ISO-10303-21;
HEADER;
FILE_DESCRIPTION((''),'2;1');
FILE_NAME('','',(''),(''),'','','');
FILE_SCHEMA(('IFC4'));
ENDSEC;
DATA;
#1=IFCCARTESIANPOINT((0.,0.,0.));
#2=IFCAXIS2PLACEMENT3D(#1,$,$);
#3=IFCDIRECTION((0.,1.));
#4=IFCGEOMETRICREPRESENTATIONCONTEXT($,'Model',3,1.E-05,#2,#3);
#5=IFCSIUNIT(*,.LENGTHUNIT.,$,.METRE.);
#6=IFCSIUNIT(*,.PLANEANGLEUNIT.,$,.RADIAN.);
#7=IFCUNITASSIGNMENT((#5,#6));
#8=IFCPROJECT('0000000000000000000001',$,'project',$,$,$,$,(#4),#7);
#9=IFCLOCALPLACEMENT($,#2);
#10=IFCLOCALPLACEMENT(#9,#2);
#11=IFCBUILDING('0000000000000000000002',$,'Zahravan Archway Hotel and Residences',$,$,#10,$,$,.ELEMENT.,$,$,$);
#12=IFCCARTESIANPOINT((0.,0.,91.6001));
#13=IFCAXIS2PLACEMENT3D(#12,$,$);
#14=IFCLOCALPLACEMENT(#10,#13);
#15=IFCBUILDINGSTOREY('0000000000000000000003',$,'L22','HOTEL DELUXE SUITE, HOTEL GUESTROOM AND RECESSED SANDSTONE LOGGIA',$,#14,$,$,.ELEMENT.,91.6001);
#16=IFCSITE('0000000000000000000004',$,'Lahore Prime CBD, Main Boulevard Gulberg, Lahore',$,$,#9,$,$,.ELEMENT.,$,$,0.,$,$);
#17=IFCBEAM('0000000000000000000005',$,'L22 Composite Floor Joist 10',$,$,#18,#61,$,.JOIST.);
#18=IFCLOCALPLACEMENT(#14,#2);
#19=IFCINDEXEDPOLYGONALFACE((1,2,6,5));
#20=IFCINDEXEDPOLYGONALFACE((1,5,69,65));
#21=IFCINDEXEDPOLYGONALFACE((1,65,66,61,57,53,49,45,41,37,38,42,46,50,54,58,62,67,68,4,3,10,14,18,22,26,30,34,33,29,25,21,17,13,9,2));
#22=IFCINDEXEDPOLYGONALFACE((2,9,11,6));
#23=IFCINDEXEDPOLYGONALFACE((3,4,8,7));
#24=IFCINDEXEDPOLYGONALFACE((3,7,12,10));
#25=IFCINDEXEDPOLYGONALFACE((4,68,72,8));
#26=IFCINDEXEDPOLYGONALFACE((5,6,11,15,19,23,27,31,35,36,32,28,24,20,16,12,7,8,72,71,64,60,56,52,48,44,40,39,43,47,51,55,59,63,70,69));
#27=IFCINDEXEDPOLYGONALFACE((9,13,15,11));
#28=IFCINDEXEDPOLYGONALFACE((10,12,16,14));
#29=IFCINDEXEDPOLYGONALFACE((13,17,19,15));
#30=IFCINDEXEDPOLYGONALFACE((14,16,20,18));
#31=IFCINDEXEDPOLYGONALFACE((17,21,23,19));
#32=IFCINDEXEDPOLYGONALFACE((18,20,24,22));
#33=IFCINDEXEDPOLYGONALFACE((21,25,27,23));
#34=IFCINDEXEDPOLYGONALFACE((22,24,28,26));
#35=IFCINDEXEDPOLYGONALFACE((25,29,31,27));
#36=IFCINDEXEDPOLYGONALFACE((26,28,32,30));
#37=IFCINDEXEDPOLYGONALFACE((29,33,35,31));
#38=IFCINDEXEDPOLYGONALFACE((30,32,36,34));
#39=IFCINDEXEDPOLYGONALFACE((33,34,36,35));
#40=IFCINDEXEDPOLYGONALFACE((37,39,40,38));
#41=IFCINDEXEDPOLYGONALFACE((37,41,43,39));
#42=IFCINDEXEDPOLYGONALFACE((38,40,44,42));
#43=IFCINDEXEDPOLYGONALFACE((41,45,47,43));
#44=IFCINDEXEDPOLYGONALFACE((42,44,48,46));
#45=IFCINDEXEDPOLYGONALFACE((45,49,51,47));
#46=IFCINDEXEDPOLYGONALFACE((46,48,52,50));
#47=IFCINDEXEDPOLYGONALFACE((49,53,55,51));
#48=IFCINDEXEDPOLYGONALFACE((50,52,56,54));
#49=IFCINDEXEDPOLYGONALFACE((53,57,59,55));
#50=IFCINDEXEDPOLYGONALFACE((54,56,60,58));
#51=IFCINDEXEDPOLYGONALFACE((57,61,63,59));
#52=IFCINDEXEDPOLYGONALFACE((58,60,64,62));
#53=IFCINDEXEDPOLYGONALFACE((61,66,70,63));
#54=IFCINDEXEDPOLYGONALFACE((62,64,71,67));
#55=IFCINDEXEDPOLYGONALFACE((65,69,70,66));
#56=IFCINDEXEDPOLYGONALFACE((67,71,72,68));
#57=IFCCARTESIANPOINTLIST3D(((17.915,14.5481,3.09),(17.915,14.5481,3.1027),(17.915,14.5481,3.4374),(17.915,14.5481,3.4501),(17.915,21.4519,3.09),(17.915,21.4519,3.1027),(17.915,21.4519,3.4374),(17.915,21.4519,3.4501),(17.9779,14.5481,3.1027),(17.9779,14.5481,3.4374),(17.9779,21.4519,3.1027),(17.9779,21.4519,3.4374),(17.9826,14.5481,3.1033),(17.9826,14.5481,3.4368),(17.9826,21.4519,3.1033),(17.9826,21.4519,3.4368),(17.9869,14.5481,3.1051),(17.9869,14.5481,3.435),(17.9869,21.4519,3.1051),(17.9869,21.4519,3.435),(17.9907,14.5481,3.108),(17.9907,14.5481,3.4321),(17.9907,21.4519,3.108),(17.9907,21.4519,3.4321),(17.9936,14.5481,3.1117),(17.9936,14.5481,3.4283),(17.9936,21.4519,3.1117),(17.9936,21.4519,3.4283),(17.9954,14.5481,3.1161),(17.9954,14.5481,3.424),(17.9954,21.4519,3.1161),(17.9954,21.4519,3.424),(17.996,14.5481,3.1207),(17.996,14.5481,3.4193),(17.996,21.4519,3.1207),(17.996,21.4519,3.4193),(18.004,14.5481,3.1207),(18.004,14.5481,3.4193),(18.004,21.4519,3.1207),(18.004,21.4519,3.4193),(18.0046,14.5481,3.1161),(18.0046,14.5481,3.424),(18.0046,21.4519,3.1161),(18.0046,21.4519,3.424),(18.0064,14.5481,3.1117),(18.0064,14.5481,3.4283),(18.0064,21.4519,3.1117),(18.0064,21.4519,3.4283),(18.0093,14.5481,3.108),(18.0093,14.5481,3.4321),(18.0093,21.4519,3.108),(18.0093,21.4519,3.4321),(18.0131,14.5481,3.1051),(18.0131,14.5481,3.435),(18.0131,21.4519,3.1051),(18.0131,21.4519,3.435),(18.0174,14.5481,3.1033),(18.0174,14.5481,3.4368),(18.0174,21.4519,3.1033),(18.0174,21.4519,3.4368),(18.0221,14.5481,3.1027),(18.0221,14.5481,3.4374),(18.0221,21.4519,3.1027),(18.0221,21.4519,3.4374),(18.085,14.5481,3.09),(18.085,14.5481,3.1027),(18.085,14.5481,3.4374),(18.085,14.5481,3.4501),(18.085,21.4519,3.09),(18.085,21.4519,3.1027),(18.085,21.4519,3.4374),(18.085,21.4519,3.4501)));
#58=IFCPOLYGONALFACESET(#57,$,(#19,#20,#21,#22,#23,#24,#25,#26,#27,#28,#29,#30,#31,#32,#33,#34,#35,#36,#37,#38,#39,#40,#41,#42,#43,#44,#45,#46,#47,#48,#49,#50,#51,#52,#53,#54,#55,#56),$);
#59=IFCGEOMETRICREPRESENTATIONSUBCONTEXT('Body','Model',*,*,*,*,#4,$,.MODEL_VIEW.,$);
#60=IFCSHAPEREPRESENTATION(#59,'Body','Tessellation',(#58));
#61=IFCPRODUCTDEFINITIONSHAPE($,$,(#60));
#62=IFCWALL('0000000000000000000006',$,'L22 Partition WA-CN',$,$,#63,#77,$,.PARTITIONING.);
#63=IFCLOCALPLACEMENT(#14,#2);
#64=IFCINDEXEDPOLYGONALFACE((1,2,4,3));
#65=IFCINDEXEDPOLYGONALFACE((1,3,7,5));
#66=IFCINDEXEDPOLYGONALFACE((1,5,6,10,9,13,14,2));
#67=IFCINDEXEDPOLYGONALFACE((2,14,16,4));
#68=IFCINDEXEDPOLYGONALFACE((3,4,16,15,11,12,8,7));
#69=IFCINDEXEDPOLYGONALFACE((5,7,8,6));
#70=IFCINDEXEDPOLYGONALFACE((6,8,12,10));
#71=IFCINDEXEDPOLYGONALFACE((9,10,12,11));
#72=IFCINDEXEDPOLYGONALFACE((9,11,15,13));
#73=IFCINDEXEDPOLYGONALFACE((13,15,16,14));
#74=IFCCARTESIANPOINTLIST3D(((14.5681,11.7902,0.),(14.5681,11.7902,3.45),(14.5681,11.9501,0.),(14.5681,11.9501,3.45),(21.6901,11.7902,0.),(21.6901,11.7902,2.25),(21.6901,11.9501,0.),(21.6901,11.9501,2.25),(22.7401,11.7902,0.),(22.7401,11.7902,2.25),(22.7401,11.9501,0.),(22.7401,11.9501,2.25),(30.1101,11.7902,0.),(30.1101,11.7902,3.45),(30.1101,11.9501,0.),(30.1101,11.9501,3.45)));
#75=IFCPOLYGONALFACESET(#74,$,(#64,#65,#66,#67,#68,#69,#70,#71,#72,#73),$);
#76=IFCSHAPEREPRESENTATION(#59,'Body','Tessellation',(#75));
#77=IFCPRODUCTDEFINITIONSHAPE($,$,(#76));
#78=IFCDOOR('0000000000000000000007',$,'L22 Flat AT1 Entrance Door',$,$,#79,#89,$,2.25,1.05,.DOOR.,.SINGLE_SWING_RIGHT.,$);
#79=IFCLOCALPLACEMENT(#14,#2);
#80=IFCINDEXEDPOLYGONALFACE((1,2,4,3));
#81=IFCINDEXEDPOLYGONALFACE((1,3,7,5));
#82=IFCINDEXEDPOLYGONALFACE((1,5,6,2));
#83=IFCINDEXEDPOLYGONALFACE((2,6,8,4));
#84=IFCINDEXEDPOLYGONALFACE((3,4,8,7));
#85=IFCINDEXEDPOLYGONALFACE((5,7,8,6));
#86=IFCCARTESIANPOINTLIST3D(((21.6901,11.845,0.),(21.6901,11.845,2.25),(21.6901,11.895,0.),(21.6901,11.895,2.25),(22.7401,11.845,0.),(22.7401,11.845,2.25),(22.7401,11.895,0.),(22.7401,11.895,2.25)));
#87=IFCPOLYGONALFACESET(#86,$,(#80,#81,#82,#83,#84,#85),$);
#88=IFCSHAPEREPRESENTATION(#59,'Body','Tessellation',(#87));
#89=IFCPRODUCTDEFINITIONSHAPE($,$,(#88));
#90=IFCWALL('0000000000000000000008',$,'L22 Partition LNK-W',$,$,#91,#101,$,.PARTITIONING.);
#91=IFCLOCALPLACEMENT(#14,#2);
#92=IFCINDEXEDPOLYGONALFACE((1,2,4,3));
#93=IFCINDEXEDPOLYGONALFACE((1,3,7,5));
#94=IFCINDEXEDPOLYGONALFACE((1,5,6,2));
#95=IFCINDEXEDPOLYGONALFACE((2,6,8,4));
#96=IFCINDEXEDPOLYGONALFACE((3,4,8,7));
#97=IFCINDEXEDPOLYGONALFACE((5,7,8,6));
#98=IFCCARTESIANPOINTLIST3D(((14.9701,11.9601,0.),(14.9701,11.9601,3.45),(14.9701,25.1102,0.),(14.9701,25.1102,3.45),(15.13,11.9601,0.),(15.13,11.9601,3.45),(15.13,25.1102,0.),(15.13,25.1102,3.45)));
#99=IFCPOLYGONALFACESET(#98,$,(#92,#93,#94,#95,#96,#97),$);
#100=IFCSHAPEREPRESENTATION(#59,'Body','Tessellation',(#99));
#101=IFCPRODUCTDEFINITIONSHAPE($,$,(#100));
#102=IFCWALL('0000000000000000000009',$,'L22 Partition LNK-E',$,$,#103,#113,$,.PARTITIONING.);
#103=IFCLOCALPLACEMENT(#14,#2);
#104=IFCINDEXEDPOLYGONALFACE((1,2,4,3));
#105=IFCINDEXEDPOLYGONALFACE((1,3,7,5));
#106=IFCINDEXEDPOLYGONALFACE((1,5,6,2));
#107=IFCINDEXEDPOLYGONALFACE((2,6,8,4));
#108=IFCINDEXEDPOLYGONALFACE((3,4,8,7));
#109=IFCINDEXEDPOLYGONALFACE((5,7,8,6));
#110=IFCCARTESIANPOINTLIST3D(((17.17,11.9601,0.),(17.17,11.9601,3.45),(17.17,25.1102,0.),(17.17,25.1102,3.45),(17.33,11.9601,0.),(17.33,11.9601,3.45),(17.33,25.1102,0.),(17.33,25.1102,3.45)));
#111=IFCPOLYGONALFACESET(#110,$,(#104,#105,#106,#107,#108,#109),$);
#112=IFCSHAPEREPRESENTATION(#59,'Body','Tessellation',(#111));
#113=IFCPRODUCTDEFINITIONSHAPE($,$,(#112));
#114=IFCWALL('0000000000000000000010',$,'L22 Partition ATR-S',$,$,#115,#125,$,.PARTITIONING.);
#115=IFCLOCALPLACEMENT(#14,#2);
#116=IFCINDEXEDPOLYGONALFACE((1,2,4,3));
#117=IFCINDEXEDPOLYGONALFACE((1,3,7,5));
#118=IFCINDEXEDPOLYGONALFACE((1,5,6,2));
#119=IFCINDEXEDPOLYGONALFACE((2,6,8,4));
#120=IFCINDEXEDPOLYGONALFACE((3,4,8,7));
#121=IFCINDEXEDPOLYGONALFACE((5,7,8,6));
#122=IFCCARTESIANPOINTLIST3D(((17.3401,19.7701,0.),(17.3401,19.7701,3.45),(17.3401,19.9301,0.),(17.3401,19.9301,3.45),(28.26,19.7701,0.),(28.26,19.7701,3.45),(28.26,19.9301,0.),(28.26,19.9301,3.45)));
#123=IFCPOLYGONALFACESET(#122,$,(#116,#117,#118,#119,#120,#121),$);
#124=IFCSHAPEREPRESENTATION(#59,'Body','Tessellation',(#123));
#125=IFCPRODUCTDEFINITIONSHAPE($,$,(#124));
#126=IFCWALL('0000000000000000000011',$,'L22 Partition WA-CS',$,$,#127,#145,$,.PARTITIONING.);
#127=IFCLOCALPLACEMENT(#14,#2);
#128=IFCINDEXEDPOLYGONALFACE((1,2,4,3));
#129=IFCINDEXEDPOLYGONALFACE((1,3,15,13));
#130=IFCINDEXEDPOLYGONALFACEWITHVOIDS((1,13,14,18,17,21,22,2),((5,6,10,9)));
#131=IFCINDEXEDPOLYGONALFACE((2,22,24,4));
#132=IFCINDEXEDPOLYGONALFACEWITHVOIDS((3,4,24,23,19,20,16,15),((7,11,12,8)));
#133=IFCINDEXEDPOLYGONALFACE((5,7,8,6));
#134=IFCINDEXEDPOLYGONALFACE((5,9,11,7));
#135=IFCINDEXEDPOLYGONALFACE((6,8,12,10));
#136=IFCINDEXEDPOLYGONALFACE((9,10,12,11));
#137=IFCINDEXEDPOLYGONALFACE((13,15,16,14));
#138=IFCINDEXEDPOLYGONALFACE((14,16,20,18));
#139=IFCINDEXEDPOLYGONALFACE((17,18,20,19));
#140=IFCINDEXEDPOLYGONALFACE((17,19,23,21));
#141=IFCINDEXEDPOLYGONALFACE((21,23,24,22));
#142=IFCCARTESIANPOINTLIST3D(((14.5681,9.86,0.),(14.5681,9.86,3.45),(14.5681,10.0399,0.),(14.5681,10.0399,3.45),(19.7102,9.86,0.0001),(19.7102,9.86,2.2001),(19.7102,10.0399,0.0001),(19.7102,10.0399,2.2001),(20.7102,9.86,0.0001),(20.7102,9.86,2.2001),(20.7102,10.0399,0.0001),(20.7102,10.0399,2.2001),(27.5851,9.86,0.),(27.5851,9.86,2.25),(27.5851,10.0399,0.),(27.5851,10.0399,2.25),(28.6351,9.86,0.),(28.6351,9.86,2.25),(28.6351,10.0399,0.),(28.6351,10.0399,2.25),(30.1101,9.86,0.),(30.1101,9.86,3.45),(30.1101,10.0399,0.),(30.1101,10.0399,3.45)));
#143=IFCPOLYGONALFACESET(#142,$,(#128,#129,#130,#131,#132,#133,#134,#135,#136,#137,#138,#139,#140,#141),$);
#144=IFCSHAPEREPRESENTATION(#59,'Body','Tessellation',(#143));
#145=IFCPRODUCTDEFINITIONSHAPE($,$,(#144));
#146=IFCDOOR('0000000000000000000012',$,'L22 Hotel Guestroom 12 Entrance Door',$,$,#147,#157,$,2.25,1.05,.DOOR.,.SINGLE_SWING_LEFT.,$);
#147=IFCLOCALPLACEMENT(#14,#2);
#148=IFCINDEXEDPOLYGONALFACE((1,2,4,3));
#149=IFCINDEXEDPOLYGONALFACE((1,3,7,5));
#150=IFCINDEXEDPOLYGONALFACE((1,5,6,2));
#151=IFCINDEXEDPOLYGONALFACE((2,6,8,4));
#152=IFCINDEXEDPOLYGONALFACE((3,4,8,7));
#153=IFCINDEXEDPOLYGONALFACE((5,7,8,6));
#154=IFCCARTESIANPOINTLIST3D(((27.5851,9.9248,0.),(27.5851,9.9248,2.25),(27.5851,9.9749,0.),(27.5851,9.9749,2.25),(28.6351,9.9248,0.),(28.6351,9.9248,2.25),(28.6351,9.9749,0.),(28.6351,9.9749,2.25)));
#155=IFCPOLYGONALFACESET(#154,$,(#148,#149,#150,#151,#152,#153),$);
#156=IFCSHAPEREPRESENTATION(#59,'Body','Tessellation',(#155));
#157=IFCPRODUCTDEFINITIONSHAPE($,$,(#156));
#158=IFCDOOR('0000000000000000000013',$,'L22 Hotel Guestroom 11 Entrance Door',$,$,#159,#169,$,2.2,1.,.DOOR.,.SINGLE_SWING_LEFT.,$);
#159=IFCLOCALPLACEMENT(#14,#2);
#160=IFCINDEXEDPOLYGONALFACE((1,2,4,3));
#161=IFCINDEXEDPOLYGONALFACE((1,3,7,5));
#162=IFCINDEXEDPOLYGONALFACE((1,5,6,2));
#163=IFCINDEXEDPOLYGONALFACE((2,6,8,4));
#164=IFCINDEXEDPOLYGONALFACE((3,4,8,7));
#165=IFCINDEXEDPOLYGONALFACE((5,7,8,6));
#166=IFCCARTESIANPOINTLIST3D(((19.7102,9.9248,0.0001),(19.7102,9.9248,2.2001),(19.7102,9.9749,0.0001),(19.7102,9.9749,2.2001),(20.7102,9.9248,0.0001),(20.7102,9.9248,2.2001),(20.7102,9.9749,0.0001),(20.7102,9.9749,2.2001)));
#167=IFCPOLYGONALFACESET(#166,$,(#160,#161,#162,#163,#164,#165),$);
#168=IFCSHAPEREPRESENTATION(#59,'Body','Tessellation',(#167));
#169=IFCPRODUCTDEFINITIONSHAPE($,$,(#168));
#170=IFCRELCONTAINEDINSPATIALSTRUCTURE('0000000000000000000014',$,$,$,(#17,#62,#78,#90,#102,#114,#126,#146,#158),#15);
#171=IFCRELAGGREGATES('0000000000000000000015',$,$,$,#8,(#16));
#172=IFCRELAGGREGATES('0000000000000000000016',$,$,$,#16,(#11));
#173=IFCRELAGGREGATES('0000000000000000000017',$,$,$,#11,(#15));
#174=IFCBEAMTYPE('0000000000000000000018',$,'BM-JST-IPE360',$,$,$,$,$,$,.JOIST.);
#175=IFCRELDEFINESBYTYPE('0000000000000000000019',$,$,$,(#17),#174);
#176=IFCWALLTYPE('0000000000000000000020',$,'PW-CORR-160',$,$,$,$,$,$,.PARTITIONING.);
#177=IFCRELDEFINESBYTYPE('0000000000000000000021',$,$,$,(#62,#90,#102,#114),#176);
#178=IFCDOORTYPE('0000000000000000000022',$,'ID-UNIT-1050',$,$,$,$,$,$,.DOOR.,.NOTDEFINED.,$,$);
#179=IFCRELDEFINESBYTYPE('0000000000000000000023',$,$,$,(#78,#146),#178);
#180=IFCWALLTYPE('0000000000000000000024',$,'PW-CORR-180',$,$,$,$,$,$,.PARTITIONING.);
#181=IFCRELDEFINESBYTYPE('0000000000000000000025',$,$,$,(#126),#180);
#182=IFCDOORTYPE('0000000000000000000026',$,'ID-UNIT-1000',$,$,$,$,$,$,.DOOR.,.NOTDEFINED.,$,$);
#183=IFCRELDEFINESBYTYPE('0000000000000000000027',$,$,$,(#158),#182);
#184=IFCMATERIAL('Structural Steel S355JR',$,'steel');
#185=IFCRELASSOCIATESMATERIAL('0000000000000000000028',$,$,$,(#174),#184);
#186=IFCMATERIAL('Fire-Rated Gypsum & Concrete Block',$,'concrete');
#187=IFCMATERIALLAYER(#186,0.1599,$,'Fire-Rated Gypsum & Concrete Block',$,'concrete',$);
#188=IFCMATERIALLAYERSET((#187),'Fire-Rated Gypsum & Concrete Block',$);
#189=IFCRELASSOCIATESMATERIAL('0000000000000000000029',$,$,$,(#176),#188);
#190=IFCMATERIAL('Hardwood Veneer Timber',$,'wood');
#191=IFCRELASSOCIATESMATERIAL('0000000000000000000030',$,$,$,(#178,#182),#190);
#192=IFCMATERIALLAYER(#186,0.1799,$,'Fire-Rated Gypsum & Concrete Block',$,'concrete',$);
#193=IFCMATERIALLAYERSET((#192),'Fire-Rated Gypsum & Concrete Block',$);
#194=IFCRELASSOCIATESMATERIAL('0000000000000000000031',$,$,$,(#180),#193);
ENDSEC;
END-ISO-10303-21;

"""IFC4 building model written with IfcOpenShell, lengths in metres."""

from ifc_helpers import new_model, si_unit, direction, frame, frame_2d, origin, origin_2d, place, context, subcontext, project, spatial, rectangle, i_section, extrude, source, transform, mapped, material, layer, layer_set, material_profile, profile_set, type_object, type_shapes, element, fill, save


model = new_model("IFC4")

# Units and contexts
model_context = context("Model", 3, precision=1e-05, world=origin(), true_north=direction((0.0, 1.0)))
body_context = subcontext(model_context, "Body", "Model", "MODEL_VIEW")
ifc_project = project(units=[si_unit("LENGTHUNIT", "METRE"), si_unit("PLANEANGLEUNIT", "RADIAN")], contexts=[model_context])

# Site, building, storey
site_placement = place(None, origin())
site = spatial("IfcSite", under=ifc_project, at=site_placement, Name="Lahore Prime CBD, Main Boulevard Gulberg, Lahore", CompositionType="ELEMENT", RefElevation=0.0)
building_placement = place(site_placement, origin())
building = spatial("IfcBuilding", under=site, at=building_placement, Name="Zahravan Archway Hotel and Residences", CompositionType="ELEMENT")
storey_placement = place(building_placement, frame((0.0, 0.0, 91.6001)))
storey = spatial("IfcBuildingStorey", under=building, at=storey_placement, Name="L22", Description="HOTEL DELUXE SUITE, HOTEL GUESTROOM AND RECESSED SANDSTONE LOGGIA", CompositionType="ELEMENT", Elevation=91.6001)

# Beam
ifc_material_1 = material(Name="Structural Steel S355JR", Category="steel")
ifc_material_profile_1 = material_profile(ifc_material_1, i_section(OverallWidth=0.1699, OverallDepth=0.3601, WebThickness=0.0081, FlangeThickness=0.0127, FilletRadius=0.0181, at=origin_2d()), Name="IPE 360", Category="steel")
ifc_profile_set_1 = profile_set([ifc_material_profile_1], Name="Structural Steel S355JR")
beam_type_1 = type_object("IfcBeamType", Name="BM-JST-IPE360", PredefinedType="JOIST", material=ifc_profile_set_1)
shared_shape_1 = source(origin(), body_context, "Body", "SweptSolid", [
    extrude(i_section(OverallWidth=0.1699, OverallDepth=0.3601, WebThickness=0.0081, FlangeThickness=0.0127, FilletRadius=0.0181, at=origin_2d()), origin(), (0.0, 0.0, 1.0), 6.9038),
])
beam_1_placement = place(storey_placement, frame((18.0, 14.5481, 3.27), z_axis=(0.0, 1.0, 0.0), x_axis=(-1.0, 0.0, 0.0)))
element("IfcBeam", 1, at=beam_1_placement, inside=storey, type_object=beam_type_1, Name="L22 Composite Floor Joist 10", PredefinedType="JOIST", context=body_context, shape_type="MappedRepresentation", body=[
    mapped(shared_shape_1, transform((0.0, 0.0, 0.0), scale=1.0)),
])

# Wall, opening, door
ifc_material_2 = material(Name="Fire-Rated Gypsum & Concrete Block", Category="concrete")
ifc_layer_1 = layer(ifc_material_2, 0.1599, Name="Fire-Rated Gypsum & Concrete Block", Category="concrete")
ifc_layer_set_1 = layer_set([ifc_layer_1], Name="Fire-Rated Gypsum & Concrete Block")
wall_type_1 = type_object("IfcWallType", Name="PW-CORR-160", PredefinedType="PARTITIONING", material=ifc_layer_set_1)
wall_1_placement = place(storey_placement, frame((14.5681, 11.8701, 0.0), z_axis=(0.0, 0.0, 1.0), x_axis=(1.0, 0.0, 0.0)))
wall_1 = element("IfcWall", 2, at=wall_1_placement, inside=storey, type_object=wall_type_1, Name="L22 Partition WA-CN", PredefinedType="PARTITIONING", context=body_context, shape_type="SweptSolid", body=[
    extrude(rectangle(XDim=15.542, YDim=0.1599, at=frame_2d((7.771, 0.0))), origin(), (0.0, 0.0, 1.0), 3.45),
])
opening_1_placement = place(wall_1_placement, frame((7.1221, 0.0, 0.0)))
opening_1 = element("IfcOpeningElement", 3, at=opening_1_placement, cuts=wall_1, PredefinedType="OPENING", context=body_context, shape_type="SweptSolid", body=[
    extrude(rectangle(XDim=1.05, YDim=2.25, at=frame_2d((0.5249, 1.125))), frame((0.0, 0.0898, 0.0), z_axis=(0.0, -1.0, 0.0), x_axis=(1.0, 0.0, 0.0)), (0.0, 0.0, 1.0), 0.1799),
])
ifc_material_3 = material(Name="Hardwood Veneer Timber", Category="wood")
door_type_1 = type_object("IfcDoorType", Name="ID-UNIT-1050", OperationType="NOTDEFINED", PredefinedType="DOOR", material=ifc_material_3)
shared_shape_2 = source(origin(), body_context, "Body", "SweptSolid", [
    extrude(rectangle(XDim=1.05, YDim=2.25, at=frame_2d((0.5249, 1.125))), frame((0.0, 0.0249, 0.0), z_axis=(0.0, -1.0, 0.0), x_axis=(1.0, 0.0, 0.0)), (0.0, 0.0, 1.0), 0.05),
])
type_shapes(door_type_1, [shared_shape_2])
door_1_placement = place(opening_1_placement, origin())
door_1 = element("IfcDoor", 4, at=door_1_placement, inside=storey, type_object=door_type_1, Name="L22 Flat AT1 Entrance Door", OperationType="SINGLE_SWING_RIGHT", OverallHeight=2.25, OverallWidth=1.05, PredefinedType="DOOR", context=body_context, shape_type="MappedRepresentation", body=[
    mapped(shared_shape_2, transform((0.0, 0.0, 0.0), scale=1.0)),
])
fill(opening_1, door_1)

# Walls
for number, where, z_axis, x_axis, name in (
    (5, (15.05, 11.96, 0.0), (0.0, 0.0, 1.0), (0.0, 1.0, 0.0), "L22 Partition LNK-W"),
    (6, (17.25, 11.96, 0.0), (0.0, 0.0, 1.0), (0.0, 1.0, 0.0), "L22 Partition LNK-E"),
):
    element("IfcWall", number, at=place(storey_placement, frame(where, z_axis=z_axis, x_axis=x_axis)), inside=storey, type_object=wall_type_1, Name=name, PredefinedType="PARTITIONING", context=body_context, shape_type="SweptSolid", body=[
        extrude(rectangle(XDim=13.1501, YDim=0.1599, at=frame_2d((6.5752, 0.0))), origin(), (0.0, 0.0, 1.0), 3.45),
    ])
wall_2_placement = place(storey_placement, frame((17.3401, 19.8501, 0.0), z_axis=(0.0, 0.0, 1.0), x_axis=(1.0, 0.0, 0.0)))
element("IfcWall", 7, at=wall_2_placement, inside=storey, type_object=wall_type_1, Name="L22 Partition ATR-S", PredefinedType="PARTITIONING", context=body_context, shape_type="SweptSolid", body=[
    extrude(rectangle(XDim=10.9199, YDim=0.1599, at=frame_2d((5.46, 0.0))), origin(), (0.0, 0.0, 1.0), 3.45),
])

# Wall, openings, doors
ifc_layer_2 = layer(ifc_material_2, 0.1799, Name="Fire-Rated Gypsum & Concrete Block", Category="concrete")
ifc_layer_set_2 = layer_set([ifc_layer_2], Name="Fire-Rated Gypsum & Concrete Block")
wall_type_2 = type_object("IfcWallType", Name="PW-CORR-180", PredefinedType="PARTITIONING", material=ifc_layer_set_2)
wall_3_placement = place(storey_placement, frame((14.5681, 9.95, 0.0), z_axis=(0.0, 0.0, 1.0), x_axis=(1.0, 0.0, 0.0)))
wall_3 = element("IfcWall", 8, at=wall_3_placement, inside=storey, type_object=wall_type_2, Name="L22 Partition WA-CS", PredefinedType="PARTITIONING", context=body_context, shape_type="SweptSolid", body=[
    extrude(rectangle(XDim=15.542, YDim=0.1799, at=frame_2d((7.771, 0.0))), origin(), (0.0, 0.0, 1.0), 3.45),
])
opening_2_placement = place(wall_3_placement, frame((5.1421, 0.0, 0.0)))
opening_2 = element("IfcOpeningElement", 9, at=opening_2_placement, cuts=wall_3, PredefinedType="OPENING", context=body_context, shape_type="SweptSolid", body=[
    extrude(rectangle(XDim=1.0, YDim=2.2, at=frame_2d((0.5, 1.1001))), frame((0.0, 0.1001, 0.0), z_axis=(0.0, -1.0, 0.0), x_axis=(1.0, 0.0, 0.0)), (0.0, 0.0, 1.0), 0.2),
])
opening_3_placement = place(wall_3_placement, frame((13.0171, 0.0, 0.0)))
opening_3 = element("IfcOpeningElement", 10, at=opening_3_placement, cuts=wall_3, PredefinedType="OPENING", context=body_context, shape_type="SweptSolid", body=[
    extrude(rectangle(XDim=1.05, YDim=2.25, at=frame_2d((0.5249, 1.125))), frame((0.0, 0.1001, 0.0), z_axis=(0.0, -1.0, 0.0), x_axis=(1.0, 0.0, 0.0)), (0.0, 0.0, 1.0), 0.2),
])
door_2_placement = place(opening_3_placement, origin())
door_2 = element("IfcDoor", 11, at=door_2_placement, inside=storey, type_object=door_type_1, Name="L22 Hotel Guestroom 12 Entrance Door", OperationType="SINGLE_SWING_LEFT", OverallHeight=2.25, OverallWidth=1.05, PredefinedType="DOOR", context=body_context, shape_type="MappedRepresentation", body=[
    mapped(shared_shape_2, transform((0.0, 0.0, 0.0), scale=1.0)),
])
fill(opening_3, door_2)
door_type_2 = type_object("IfcDoorType", Name="ID-UNIT-1000", OperationType="NOTDEFINED", PredefinedType="DOOR", material=ifc_material_3)
shared_shape_3 = source(origin(), body_context, "Body", "SweptSolid", [
    extrude(rectangle(XDim=1.0, YDim=2.2, at=frame_2d((0.5, 1.1001))), frame((0.0, 0.0249, 0.0), z_axis=(0.0, -1.0, 0.0), x_axis=(1.0, 0.0, 0.0)), (0.0, 0.0, 1.0), 0.05),
])
type_shapes(door_type_2, [shared_shape_3])
door_3_placement = place(opening_2_placement, origin())
door_3 = element("IfcDoor", 12, at=door_3_placement, inside=storey, type_object=door_type_2, Name="L22 Hotel Guestroom 11 Entrance Door", OperationType="SINGLE_SWING_LEFT", OverallHeight=2.2, OverallWidth=1.0, PredefinedType="DOOR", context=body_context, shape_type="MappedRepresentation", body=[
    mapped(shared_shape_3, transform((0.0, 0.0, 0.0), scale=1.0)),
])
fill(opening_2, door_3)

save(model, "model.ifc")
